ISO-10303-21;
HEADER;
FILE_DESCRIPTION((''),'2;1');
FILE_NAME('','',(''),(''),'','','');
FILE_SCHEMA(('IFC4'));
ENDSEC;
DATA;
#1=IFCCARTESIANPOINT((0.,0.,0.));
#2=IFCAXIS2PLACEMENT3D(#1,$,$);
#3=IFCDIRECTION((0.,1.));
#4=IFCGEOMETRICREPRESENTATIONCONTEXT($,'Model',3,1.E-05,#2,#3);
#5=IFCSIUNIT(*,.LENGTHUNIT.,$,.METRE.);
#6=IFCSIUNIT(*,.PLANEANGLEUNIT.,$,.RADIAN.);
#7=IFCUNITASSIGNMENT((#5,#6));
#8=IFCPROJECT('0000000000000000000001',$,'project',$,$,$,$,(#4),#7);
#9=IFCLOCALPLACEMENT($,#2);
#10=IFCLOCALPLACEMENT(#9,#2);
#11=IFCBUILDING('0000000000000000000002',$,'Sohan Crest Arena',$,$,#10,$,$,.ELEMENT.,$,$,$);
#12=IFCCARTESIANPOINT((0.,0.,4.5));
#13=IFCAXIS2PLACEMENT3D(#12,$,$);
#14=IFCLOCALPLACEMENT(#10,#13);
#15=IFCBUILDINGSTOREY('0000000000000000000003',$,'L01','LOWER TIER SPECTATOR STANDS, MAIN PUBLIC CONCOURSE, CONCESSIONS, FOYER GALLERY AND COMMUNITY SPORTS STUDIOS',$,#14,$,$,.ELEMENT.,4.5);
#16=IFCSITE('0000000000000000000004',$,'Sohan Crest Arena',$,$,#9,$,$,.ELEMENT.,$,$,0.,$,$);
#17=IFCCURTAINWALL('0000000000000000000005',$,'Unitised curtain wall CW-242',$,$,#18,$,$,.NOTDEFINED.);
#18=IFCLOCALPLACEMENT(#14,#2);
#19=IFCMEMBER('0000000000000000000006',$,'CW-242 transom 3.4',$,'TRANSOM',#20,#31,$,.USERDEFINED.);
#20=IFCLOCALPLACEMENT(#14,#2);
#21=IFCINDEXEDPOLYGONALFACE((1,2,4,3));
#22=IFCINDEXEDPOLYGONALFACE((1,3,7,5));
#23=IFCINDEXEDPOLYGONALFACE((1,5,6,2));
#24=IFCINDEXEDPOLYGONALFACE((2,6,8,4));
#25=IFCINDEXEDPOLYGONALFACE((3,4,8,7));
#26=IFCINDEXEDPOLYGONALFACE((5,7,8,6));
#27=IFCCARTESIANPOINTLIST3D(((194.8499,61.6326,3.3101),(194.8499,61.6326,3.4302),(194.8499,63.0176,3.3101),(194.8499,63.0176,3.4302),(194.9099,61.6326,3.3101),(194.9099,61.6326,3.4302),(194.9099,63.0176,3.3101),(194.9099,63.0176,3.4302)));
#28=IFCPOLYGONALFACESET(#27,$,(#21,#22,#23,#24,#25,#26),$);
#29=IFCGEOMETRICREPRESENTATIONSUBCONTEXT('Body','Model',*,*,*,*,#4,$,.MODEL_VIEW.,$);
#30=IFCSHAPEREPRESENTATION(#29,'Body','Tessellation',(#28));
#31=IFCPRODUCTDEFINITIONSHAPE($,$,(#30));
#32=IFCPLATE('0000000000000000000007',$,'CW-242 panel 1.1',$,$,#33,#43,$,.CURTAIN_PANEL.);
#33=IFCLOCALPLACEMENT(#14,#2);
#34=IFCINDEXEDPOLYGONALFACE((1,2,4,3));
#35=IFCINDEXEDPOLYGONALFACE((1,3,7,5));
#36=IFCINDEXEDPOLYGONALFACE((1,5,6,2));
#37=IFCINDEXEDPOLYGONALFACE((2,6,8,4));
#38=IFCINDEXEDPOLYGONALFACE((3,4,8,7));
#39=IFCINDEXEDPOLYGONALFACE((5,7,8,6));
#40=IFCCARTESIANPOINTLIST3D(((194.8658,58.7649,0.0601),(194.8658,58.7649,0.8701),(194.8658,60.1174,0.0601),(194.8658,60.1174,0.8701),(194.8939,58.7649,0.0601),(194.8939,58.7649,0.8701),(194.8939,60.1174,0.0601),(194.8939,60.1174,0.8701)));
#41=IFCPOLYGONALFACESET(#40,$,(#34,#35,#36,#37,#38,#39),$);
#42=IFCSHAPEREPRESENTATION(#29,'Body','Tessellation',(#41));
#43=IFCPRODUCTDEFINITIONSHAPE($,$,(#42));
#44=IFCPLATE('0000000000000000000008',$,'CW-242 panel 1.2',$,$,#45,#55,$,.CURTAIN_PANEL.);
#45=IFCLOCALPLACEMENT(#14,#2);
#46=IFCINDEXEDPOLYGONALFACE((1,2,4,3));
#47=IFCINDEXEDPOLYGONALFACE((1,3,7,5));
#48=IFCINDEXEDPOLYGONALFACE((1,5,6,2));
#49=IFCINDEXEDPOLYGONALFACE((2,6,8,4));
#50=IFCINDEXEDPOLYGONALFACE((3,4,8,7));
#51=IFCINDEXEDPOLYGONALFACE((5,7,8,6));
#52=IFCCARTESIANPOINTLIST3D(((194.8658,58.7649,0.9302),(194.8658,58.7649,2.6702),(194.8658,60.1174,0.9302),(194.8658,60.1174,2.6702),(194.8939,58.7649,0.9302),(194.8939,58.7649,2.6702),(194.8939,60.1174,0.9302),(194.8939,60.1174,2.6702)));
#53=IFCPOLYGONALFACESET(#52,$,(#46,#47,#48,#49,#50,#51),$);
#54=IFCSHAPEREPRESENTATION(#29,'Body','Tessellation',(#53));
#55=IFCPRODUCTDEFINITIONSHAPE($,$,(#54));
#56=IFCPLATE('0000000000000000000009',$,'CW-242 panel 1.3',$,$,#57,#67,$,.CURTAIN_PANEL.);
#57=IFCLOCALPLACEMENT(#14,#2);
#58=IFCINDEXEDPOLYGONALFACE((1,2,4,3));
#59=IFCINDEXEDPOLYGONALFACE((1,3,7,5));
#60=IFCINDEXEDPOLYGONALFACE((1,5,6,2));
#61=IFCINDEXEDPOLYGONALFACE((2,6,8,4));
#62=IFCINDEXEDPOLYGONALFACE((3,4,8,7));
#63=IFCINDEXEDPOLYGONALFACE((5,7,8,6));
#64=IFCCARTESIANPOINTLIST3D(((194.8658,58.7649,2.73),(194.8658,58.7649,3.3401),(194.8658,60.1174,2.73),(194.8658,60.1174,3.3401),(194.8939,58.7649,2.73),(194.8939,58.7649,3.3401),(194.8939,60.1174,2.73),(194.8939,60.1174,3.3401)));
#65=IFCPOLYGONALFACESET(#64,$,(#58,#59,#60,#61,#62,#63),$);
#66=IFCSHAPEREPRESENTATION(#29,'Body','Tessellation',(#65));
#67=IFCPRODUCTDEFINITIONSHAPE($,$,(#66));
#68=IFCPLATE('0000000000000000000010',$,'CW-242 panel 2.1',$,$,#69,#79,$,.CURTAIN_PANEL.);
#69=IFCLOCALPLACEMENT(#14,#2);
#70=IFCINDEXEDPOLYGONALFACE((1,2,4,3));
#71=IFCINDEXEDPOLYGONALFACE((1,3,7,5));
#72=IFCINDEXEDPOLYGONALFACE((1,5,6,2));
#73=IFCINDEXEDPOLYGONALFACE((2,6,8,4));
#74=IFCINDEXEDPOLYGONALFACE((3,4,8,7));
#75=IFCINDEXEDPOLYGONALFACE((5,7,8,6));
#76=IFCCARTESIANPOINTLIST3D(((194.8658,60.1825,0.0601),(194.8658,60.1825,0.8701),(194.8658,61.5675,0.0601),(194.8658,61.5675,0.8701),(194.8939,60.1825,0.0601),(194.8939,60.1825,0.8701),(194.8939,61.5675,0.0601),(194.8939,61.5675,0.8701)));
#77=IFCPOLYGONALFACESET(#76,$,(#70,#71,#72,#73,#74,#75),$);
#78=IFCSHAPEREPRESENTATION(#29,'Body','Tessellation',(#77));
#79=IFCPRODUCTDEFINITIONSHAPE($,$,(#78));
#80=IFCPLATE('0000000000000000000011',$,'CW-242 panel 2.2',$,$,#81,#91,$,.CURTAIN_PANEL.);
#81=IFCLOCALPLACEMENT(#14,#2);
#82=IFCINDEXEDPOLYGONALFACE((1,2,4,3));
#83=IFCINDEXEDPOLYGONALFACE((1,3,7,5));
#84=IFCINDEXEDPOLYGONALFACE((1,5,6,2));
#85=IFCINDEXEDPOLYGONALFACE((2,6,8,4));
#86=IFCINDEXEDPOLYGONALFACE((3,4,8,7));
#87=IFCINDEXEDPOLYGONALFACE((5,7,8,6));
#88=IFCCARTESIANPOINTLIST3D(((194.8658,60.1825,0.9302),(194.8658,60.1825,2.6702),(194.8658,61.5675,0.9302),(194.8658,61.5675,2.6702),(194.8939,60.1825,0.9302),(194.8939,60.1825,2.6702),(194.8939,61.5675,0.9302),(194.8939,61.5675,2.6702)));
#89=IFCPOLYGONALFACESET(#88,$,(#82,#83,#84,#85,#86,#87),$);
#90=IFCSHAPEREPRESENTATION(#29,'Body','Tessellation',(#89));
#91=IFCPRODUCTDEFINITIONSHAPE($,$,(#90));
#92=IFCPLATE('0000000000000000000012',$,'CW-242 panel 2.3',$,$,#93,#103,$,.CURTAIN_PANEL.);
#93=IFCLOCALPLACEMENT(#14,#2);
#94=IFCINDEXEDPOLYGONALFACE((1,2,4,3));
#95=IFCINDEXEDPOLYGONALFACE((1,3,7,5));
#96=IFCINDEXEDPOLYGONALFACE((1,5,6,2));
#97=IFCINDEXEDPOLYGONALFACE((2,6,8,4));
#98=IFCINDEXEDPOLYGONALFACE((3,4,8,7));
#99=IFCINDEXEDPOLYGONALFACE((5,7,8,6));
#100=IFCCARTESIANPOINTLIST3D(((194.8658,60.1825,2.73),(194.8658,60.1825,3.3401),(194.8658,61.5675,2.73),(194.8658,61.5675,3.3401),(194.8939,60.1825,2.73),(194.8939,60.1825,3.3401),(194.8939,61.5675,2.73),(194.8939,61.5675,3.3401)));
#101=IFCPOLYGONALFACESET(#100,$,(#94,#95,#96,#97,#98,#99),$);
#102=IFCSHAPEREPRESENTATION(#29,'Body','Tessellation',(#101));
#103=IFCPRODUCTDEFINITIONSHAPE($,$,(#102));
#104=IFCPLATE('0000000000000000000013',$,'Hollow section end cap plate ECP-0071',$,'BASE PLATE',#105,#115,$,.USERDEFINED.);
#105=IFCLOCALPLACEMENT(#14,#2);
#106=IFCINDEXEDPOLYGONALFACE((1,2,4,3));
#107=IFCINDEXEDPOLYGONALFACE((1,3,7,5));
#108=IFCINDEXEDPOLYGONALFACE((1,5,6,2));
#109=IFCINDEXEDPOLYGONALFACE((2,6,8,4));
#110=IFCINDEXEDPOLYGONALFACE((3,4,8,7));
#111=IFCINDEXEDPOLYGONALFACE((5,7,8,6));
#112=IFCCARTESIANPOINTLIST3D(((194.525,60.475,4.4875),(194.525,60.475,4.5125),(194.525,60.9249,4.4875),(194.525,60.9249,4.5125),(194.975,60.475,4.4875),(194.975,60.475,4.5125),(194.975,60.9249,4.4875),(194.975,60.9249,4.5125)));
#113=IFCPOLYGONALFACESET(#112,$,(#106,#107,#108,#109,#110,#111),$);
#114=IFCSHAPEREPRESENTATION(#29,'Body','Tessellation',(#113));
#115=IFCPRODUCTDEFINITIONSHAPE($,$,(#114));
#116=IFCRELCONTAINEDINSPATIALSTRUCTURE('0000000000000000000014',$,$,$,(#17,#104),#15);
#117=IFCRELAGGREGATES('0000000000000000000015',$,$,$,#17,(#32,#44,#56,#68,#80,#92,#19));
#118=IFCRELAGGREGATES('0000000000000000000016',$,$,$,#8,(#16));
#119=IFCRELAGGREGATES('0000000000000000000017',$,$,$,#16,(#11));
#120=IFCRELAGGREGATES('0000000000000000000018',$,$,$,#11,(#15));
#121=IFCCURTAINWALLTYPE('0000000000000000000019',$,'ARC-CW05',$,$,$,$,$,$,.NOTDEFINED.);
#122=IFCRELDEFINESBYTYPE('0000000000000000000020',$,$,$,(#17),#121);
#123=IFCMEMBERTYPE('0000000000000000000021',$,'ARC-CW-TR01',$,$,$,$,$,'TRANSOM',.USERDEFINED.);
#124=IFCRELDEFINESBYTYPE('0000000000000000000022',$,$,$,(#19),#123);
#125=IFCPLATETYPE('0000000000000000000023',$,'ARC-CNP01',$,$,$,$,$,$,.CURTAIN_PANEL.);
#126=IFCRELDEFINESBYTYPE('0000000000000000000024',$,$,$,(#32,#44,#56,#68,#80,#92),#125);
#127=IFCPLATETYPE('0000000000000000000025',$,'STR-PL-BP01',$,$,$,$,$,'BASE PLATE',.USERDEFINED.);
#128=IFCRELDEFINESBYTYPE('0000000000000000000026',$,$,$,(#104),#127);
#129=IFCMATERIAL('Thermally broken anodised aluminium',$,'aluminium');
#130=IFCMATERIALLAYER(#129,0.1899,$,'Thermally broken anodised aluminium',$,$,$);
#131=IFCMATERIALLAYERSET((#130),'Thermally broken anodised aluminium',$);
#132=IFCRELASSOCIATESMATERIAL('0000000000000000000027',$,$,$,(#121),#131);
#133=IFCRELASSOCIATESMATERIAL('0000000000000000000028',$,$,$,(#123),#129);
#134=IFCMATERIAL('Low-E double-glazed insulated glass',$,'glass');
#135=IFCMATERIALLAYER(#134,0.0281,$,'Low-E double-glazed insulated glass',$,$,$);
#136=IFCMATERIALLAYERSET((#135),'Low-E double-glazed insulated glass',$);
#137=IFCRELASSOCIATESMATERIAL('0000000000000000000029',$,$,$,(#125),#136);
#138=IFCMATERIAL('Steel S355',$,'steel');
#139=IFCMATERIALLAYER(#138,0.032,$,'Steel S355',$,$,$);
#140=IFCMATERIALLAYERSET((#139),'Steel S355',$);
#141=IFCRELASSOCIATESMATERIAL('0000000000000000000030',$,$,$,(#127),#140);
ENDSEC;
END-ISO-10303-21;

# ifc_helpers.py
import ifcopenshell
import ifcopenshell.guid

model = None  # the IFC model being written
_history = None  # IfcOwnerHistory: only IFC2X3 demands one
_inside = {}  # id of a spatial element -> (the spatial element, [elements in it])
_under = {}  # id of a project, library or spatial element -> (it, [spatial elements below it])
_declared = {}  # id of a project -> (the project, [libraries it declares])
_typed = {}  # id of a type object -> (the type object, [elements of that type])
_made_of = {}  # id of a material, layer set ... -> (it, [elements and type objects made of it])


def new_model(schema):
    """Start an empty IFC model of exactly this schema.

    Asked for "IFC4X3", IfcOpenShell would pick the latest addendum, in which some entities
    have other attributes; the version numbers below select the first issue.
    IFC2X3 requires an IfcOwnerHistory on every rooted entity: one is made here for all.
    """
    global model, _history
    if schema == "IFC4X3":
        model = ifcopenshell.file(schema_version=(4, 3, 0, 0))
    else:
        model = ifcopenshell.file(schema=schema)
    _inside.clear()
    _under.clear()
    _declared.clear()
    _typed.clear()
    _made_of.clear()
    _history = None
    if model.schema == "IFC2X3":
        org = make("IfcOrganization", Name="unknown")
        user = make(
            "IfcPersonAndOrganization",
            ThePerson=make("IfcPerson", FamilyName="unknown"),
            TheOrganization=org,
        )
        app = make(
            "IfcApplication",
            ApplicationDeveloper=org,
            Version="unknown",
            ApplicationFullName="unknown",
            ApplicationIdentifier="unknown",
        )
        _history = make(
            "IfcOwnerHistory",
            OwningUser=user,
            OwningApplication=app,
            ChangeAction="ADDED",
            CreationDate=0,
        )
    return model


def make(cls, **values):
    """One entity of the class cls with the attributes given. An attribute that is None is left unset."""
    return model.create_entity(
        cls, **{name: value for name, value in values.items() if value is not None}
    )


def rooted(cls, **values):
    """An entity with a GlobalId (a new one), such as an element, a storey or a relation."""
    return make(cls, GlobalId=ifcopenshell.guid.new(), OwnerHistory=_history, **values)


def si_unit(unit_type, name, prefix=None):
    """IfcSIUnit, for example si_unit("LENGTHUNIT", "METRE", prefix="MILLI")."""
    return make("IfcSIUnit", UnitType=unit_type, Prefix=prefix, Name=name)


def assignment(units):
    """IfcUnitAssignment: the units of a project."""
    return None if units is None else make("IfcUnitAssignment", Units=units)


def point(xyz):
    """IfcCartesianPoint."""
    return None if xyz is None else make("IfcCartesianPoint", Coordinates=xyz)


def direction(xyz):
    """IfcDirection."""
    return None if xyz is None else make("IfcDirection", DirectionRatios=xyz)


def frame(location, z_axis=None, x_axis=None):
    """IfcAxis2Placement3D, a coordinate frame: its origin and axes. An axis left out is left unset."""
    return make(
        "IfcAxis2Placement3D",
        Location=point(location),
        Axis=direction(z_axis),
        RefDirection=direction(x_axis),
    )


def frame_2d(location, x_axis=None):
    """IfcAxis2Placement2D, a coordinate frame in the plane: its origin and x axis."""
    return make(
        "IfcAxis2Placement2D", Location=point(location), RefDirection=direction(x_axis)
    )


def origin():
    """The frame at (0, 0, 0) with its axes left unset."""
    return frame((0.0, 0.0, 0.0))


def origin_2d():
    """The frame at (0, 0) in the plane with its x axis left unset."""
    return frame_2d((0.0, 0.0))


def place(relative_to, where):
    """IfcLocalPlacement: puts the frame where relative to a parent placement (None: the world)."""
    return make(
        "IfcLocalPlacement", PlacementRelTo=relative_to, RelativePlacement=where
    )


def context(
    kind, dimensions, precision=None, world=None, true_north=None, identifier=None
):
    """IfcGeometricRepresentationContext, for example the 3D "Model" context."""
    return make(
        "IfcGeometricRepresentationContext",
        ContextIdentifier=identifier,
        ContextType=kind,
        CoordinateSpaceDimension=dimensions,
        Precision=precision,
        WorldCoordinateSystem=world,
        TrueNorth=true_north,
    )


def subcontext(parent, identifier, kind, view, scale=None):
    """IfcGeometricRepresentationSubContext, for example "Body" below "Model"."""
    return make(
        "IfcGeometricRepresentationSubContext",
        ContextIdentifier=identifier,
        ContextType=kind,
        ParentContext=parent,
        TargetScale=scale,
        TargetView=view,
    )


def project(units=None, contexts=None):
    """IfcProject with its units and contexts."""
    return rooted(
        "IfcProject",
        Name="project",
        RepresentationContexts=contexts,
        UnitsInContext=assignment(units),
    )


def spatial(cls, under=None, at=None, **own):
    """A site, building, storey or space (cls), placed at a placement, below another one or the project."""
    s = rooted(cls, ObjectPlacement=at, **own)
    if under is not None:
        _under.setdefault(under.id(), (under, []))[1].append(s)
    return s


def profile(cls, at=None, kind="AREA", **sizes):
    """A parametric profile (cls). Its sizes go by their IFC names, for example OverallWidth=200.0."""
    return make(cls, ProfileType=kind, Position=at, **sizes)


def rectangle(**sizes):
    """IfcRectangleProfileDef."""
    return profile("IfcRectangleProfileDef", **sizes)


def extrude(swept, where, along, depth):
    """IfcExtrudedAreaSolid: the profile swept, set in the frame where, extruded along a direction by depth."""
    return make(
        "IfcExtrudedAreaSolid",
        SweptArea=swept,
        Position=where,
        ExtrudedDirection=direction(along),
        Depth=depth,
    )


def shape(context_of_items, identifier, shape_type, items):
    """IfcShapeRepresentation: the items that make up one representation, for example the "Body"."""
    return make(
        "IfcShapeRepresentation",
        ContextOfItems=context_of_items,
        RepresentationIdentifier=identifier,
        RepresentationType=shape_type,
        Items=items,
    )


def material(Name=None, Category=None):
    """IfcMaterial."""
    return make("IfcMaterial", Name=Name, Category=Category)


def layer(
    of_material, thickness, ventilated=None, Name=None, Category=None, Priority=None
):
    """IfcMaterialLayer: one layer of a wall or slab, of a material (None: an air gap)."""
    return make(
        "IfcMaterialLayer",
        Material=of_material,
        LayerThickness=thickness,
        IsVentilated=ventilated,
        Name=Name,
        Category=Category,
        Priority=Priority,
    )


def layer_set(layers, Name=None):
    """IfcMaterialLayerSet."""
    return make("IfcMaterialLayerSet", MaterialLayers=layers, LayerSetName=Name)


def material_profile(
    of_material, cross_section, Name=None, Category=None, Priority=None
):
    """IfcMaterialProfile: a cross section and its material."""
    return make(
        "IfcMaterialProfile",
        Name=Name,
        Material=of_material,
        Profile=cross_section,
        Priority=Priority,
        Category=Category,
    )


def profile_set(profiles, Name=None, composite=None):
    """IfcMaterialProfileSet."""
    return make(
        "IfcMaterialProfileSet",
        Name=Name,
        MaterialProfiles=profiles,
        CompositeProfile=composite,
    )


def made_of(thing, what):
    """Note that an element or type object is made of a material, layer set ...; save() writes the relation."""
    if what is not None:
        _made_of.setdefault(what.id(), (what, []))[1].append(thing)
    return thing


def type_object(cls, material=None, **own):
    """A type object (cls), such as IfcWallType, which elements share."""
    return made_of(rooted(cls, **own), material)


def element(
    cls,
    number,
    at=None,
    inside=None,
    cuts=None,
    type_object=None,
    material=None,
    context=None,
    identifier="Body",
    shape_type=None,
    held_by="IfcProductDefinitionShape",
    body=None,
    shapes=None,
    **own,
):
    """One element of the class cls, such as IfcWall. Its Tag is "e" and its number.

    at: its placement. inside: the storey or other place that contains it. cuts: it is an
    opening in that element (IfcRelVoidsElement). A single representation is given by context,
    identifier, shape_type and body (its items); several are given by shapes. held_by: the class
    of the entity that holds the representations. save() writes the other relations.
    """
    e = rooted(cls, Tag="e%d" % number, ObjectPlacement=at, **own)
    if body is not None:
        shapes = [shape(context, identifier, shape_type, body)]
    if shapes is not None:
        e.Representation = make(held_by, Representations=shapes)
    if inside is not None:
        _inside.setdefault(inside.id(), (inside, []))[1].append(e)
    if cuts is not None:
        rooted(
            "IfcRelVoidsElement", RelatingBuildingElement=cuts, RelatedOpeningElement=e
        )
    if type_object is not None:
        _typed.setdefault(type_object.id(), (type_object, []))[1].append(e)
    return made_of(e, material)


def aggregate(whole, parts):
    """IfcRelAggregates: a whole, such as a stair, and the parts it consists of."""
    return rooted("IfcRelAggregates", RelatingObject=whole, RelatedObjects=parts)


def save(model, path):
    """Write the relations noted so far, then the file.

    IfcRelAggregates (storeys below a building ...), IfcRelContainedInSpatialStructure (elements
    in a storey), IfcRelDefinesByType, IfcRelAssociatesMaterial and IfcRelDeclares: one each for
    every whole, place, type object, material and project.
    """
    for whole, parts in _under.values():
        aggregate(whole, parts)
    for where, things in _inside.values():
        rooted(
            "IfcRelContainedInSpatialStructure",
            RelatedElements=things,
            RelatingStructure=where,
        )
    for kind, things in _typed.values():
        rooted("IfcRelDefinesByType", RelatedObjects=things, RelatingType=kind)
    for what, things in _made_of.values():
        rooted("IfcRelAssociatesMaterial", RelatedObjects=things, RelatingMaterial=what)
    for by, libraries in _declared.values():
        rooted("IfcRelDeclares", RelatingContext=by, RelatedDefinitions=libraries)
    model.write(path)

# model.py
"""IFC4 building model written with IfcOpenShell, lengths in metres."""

from ifc_helpers import new_model, si_unit, direction, frame, origin, origin_2d, place, context, subcontext, project, spatial, rectangle, extrude, material, layer, layer_set, material_profile, profile_set, type_object, element, aggregate, save


model = new_model("IFC4")

# Units and contexts
model_context = context("Model", 3, precision=1e-05, world=origin(), true_north=direction((0.0, 1.0)))
body_context = subcontext(model_context, "Body", "Model", "MODEL_VIEW")
ifc_project = project(units=[si_unit("LENGTHUNIT", "METRE"), si_unit("PLANEANGLEUNIT", "RADIAN")], contexts=[model_context])

# Site, building, storey
site_placement = place(None, origin())
site = spatial("IfcSite", under=ifc_project, at=site_placement, Name="Sohan Crest Arena", CompositionType="ELEMENT", RefElevation=0.0)
building_placement = place(site_placement, origin())
building = spatial("IfcBuilding", under=site, at=building_placement, Name="Sohan Crest Arena", CompositionType="ELEMENT")
storey_placement = place(building_placement, frame((0.0, 0.0, 4.5)))
storey = spatial("IfcBuildingStorey", under=building, at=storey_placement, Name="L01", Description="LOWER TIER SPECTATOR STANDS, MAIN PUBLIC CONCOURSE, CONCESSIONS, FOYER GALLERY AND COMMUNITY SPORTS STUDIOS", CompositionType="ELEMENT", Elevation=4.5)

# Shared definitions
ifc_material_1 = material(Name="Steel S355", Category="steel")

# Curtain wall, member, plates
ifc_material_2 = material(Name="Thermally broken anodised aluminium", Category="aluminium")
ifc_layer_1 = layer(ifc_material_2, 0.1899, Name="Thermally broken anodised aluminium")
ifc_layer_set_1 = layer_set([ifc_layer_1], Name="Thermally broken anodised aluminium")
curtain_wall_type = type_object("IfcCurtainWallType", Name="ARC-CW05", PredefinedType="NOTDEFINED", material=ifc_layer_set_1)
curtain_wall_placement = place(storey_placement, origin())
curtain_wall = element("IfcCurtainWall", 1, at=curtain_wall_placement, inside=storey, type_object=curtain_wall_type, Name="Unitised curtain wall CW-242", PredefinedType="NOTDEFINED")
ifc_material_profile_1 = material_profile(ifc_material_2, rectangle(XDim=0.0601, YDim=0.1201, at=origin_2d()), Name="ALU-TRAN 60x120")
ifc_profile_set_1 = profile_set([ifc_material_profile_1], Name="Thermally broken anodised aluminium")
member_type_1 = type_object("IfcMemberType", Name="ARC-CW-TR01", ElementType="TRANSOM", PredefinedType="USERDEFINED", material=ifc_profile_set_1)
member_1_placement = place(storey_placement, frame((194.8799, 61.6326, 3.3701), z_axis=(0.0, 1.0, 0.0), x_axis=(-1.0, 0.0, 0.0)))
member_1 = element("IfcMember", 2, at=member_1_placement, type_object=member_type_1, Name="CW-242 transom 3.4", ObjectType="TRANSOM", PredefinedType="USERDEFINED", context=body_context, shape_type="SweptSolid", body=[
    extrude(rectangle(XDim=0.0601, YDim=0.1201, at=origin_2d()), origin(), (0.0, 0.0, 1.0), 1.385),
])
ifc_material_3 = material(Name="Low-E double-glazed insulated glass", Category="glass")
ifc_layer_2 = layer(ifc_material_3, 0.0281, Name="Low-E double-glazed insulated glass")
ifc_layer_set_2 = layer_set([ifc_layer_2], Name="Low-E double-glazed insulated glass")
plate_type_1 = type_object("IfcPlateType", Name="ARC-CNP01", PredefinedType="CURTAIN_PANEL", material=ifc_layer_set_2)
plate_1_placement = place(storey_placement, frame((194.8799, 59.4412, 0.0601), z_axis=(0.0, 0.0, 1.0), x_axis=(0.0, 1.0, 0.0)))
plate_1 = element("IfcPlate", 3, at=plate_1_placement, type_object=plate_type_1, Name="CW-242 panel 1.1", PredefinedType="CURTAIN_PANEL", context=body_context, shape_type="SweptSolid", body=[
    extrude(rectangle(XDim=1.3525, YDim=0.0281, at=origin_2d()), origin(), (0.0, 0.0, 1.0), 0.8101),
])
plate_2_placement = place(storey_placement, frame((194.8799, 59.4412, 0.9302), z_axis=(0.0, 0.0, 1.0), x_axis=(0.0, 1.0, 0.0)))
plate_2 = element("IfcPlate", 4, at=plate_2_placement, type_object=plate_type_1, Name="CW-242 panel 1.2", PredefinedType="CURTAIN_PANEL", context=body_context, shape_type="SweptSolid", body=[
    extrude(rectangle(XDim=1.3525, YDim=0.0281, at=origin_2d()), origin(), (0.0, 0.0, 1.0), 1.74),
])
plate_3_placement = place(storey_placement, frame((194.8799, 59.4412, 2.73), z_axis=(0.0, 0.0, 1.0), x_axis=(0.0, 1.0, 0.0)))
plate_3 = element("IfcPlate", 5, at=plate_3_placement, type_object=plate_type_1, Name="CW-242 panel 1.3", PredefinedType="CURTAIN_PANEL", context=body_context, shape_type="SweptSolid", body=[
    extrude(rectangle(XDim=1.3525, YDim=0.0281, at=origin_2d()), origin(), (0.0, 0.0, 1.0), 0.6101),
])
plate_4_placement = place(storey_placement, frame((194.8799, 60.875, 0.0601), z_axis=(0.0, 0.0, 1.0), x_axis=(0.0, 1.0, 0.0)))
plate_4 = element("IfcPlate", 6, at=plate_4_placement, type_object=plate_type_1, Name="CW-242 panel 2.1", PredefinedType="CURTAIN_PANEL", context=body_context, shape_type="SweptSolid", body=[
    extrude(rectangle(XDim=1.385, YDim=0.0281, at=origin_2d()), origin(), (0.0, 0.0, 1.0), 0.8101),
])
plate_5_placement = place(storey_placement, frame((194.8799, 60.875, 0.9302), z_axis=(0.0, 0.0, 1.0), x_axis=(0.0, 1.0, 0.0)))
plate_5 = element("IfcPlate", 7, at=plate_5_placement, type_object=plate_type_1, Name="CW-242 panel 2.2", PredefinedType="CURTAIN_PANEL", context=body_context, shape_type="SweptSolid", body=[
    extrude(rectangle(XDim=1.385, YDim=0.0281, at=origin_2d()), origin(), (0.0, 0.0, 1.0), 1.74),
])
plate_6_placement = place(storey_placement, frame((194.8799, 60.875, 2.73), z_axis=(0.0, 0.0, 1.0), x_axis=(0.0, 1.0, 0.0)))
plate_6 = element("IfcPlate", 8, at=plate_6_placement, type_object=plate_type_1, Name="CW-242 panel 2.3", PredefinedType="CURTAIN_PANEL", context=body_context, shape_type="SweptSolid", body=[
    extrude(rectangle(XDim=1.385, YDim=0.0281, at=origin_2d()), origin(), (0.0, 0.0, 1.0), 0.6101),
])
aggregate(curtain_wall, [plate_1, plate_2, plate_3, plate_4, plate_5, plate_6, member_1])

# Plate
ifc_layer_3 = layer(ifc_material_1, 0.032, Name="Steel S355")
ifc_layer_set_3 = layer_set([ifc_layer_3], Name="Steel S355")
plate_type_2 = type_object("IfcPlateType", Name="STR-PL-BP01", ElementType="BASE PLATE", PredefinedType="USERDEFINED", material=ifc_layer_set_3)
plate_7_placement = place(storey_placement, frame((194.75, 60.7, 4.4875), z_axis=(0.0, 0.0, 1.0), x_axis=(1.0, 0.0, 0.0)))
element("IfcPlate", 9, at=plate_7_placement, inside=storey, type_object=plate_type_2, Name="Hollow section end cap plate ECP-0071", ObjectType="BASE PLATE", PredefinedType="USERDEFINED", context=body_context, shape_type="SweptSolid", body=[
    extrude(rectangle(XDim=0.45, YDim=0.45, at=origin_2d()), origin(), (0.0, 0.0, 1.0), 0.0249),
])

save(model, "model.ifc")
